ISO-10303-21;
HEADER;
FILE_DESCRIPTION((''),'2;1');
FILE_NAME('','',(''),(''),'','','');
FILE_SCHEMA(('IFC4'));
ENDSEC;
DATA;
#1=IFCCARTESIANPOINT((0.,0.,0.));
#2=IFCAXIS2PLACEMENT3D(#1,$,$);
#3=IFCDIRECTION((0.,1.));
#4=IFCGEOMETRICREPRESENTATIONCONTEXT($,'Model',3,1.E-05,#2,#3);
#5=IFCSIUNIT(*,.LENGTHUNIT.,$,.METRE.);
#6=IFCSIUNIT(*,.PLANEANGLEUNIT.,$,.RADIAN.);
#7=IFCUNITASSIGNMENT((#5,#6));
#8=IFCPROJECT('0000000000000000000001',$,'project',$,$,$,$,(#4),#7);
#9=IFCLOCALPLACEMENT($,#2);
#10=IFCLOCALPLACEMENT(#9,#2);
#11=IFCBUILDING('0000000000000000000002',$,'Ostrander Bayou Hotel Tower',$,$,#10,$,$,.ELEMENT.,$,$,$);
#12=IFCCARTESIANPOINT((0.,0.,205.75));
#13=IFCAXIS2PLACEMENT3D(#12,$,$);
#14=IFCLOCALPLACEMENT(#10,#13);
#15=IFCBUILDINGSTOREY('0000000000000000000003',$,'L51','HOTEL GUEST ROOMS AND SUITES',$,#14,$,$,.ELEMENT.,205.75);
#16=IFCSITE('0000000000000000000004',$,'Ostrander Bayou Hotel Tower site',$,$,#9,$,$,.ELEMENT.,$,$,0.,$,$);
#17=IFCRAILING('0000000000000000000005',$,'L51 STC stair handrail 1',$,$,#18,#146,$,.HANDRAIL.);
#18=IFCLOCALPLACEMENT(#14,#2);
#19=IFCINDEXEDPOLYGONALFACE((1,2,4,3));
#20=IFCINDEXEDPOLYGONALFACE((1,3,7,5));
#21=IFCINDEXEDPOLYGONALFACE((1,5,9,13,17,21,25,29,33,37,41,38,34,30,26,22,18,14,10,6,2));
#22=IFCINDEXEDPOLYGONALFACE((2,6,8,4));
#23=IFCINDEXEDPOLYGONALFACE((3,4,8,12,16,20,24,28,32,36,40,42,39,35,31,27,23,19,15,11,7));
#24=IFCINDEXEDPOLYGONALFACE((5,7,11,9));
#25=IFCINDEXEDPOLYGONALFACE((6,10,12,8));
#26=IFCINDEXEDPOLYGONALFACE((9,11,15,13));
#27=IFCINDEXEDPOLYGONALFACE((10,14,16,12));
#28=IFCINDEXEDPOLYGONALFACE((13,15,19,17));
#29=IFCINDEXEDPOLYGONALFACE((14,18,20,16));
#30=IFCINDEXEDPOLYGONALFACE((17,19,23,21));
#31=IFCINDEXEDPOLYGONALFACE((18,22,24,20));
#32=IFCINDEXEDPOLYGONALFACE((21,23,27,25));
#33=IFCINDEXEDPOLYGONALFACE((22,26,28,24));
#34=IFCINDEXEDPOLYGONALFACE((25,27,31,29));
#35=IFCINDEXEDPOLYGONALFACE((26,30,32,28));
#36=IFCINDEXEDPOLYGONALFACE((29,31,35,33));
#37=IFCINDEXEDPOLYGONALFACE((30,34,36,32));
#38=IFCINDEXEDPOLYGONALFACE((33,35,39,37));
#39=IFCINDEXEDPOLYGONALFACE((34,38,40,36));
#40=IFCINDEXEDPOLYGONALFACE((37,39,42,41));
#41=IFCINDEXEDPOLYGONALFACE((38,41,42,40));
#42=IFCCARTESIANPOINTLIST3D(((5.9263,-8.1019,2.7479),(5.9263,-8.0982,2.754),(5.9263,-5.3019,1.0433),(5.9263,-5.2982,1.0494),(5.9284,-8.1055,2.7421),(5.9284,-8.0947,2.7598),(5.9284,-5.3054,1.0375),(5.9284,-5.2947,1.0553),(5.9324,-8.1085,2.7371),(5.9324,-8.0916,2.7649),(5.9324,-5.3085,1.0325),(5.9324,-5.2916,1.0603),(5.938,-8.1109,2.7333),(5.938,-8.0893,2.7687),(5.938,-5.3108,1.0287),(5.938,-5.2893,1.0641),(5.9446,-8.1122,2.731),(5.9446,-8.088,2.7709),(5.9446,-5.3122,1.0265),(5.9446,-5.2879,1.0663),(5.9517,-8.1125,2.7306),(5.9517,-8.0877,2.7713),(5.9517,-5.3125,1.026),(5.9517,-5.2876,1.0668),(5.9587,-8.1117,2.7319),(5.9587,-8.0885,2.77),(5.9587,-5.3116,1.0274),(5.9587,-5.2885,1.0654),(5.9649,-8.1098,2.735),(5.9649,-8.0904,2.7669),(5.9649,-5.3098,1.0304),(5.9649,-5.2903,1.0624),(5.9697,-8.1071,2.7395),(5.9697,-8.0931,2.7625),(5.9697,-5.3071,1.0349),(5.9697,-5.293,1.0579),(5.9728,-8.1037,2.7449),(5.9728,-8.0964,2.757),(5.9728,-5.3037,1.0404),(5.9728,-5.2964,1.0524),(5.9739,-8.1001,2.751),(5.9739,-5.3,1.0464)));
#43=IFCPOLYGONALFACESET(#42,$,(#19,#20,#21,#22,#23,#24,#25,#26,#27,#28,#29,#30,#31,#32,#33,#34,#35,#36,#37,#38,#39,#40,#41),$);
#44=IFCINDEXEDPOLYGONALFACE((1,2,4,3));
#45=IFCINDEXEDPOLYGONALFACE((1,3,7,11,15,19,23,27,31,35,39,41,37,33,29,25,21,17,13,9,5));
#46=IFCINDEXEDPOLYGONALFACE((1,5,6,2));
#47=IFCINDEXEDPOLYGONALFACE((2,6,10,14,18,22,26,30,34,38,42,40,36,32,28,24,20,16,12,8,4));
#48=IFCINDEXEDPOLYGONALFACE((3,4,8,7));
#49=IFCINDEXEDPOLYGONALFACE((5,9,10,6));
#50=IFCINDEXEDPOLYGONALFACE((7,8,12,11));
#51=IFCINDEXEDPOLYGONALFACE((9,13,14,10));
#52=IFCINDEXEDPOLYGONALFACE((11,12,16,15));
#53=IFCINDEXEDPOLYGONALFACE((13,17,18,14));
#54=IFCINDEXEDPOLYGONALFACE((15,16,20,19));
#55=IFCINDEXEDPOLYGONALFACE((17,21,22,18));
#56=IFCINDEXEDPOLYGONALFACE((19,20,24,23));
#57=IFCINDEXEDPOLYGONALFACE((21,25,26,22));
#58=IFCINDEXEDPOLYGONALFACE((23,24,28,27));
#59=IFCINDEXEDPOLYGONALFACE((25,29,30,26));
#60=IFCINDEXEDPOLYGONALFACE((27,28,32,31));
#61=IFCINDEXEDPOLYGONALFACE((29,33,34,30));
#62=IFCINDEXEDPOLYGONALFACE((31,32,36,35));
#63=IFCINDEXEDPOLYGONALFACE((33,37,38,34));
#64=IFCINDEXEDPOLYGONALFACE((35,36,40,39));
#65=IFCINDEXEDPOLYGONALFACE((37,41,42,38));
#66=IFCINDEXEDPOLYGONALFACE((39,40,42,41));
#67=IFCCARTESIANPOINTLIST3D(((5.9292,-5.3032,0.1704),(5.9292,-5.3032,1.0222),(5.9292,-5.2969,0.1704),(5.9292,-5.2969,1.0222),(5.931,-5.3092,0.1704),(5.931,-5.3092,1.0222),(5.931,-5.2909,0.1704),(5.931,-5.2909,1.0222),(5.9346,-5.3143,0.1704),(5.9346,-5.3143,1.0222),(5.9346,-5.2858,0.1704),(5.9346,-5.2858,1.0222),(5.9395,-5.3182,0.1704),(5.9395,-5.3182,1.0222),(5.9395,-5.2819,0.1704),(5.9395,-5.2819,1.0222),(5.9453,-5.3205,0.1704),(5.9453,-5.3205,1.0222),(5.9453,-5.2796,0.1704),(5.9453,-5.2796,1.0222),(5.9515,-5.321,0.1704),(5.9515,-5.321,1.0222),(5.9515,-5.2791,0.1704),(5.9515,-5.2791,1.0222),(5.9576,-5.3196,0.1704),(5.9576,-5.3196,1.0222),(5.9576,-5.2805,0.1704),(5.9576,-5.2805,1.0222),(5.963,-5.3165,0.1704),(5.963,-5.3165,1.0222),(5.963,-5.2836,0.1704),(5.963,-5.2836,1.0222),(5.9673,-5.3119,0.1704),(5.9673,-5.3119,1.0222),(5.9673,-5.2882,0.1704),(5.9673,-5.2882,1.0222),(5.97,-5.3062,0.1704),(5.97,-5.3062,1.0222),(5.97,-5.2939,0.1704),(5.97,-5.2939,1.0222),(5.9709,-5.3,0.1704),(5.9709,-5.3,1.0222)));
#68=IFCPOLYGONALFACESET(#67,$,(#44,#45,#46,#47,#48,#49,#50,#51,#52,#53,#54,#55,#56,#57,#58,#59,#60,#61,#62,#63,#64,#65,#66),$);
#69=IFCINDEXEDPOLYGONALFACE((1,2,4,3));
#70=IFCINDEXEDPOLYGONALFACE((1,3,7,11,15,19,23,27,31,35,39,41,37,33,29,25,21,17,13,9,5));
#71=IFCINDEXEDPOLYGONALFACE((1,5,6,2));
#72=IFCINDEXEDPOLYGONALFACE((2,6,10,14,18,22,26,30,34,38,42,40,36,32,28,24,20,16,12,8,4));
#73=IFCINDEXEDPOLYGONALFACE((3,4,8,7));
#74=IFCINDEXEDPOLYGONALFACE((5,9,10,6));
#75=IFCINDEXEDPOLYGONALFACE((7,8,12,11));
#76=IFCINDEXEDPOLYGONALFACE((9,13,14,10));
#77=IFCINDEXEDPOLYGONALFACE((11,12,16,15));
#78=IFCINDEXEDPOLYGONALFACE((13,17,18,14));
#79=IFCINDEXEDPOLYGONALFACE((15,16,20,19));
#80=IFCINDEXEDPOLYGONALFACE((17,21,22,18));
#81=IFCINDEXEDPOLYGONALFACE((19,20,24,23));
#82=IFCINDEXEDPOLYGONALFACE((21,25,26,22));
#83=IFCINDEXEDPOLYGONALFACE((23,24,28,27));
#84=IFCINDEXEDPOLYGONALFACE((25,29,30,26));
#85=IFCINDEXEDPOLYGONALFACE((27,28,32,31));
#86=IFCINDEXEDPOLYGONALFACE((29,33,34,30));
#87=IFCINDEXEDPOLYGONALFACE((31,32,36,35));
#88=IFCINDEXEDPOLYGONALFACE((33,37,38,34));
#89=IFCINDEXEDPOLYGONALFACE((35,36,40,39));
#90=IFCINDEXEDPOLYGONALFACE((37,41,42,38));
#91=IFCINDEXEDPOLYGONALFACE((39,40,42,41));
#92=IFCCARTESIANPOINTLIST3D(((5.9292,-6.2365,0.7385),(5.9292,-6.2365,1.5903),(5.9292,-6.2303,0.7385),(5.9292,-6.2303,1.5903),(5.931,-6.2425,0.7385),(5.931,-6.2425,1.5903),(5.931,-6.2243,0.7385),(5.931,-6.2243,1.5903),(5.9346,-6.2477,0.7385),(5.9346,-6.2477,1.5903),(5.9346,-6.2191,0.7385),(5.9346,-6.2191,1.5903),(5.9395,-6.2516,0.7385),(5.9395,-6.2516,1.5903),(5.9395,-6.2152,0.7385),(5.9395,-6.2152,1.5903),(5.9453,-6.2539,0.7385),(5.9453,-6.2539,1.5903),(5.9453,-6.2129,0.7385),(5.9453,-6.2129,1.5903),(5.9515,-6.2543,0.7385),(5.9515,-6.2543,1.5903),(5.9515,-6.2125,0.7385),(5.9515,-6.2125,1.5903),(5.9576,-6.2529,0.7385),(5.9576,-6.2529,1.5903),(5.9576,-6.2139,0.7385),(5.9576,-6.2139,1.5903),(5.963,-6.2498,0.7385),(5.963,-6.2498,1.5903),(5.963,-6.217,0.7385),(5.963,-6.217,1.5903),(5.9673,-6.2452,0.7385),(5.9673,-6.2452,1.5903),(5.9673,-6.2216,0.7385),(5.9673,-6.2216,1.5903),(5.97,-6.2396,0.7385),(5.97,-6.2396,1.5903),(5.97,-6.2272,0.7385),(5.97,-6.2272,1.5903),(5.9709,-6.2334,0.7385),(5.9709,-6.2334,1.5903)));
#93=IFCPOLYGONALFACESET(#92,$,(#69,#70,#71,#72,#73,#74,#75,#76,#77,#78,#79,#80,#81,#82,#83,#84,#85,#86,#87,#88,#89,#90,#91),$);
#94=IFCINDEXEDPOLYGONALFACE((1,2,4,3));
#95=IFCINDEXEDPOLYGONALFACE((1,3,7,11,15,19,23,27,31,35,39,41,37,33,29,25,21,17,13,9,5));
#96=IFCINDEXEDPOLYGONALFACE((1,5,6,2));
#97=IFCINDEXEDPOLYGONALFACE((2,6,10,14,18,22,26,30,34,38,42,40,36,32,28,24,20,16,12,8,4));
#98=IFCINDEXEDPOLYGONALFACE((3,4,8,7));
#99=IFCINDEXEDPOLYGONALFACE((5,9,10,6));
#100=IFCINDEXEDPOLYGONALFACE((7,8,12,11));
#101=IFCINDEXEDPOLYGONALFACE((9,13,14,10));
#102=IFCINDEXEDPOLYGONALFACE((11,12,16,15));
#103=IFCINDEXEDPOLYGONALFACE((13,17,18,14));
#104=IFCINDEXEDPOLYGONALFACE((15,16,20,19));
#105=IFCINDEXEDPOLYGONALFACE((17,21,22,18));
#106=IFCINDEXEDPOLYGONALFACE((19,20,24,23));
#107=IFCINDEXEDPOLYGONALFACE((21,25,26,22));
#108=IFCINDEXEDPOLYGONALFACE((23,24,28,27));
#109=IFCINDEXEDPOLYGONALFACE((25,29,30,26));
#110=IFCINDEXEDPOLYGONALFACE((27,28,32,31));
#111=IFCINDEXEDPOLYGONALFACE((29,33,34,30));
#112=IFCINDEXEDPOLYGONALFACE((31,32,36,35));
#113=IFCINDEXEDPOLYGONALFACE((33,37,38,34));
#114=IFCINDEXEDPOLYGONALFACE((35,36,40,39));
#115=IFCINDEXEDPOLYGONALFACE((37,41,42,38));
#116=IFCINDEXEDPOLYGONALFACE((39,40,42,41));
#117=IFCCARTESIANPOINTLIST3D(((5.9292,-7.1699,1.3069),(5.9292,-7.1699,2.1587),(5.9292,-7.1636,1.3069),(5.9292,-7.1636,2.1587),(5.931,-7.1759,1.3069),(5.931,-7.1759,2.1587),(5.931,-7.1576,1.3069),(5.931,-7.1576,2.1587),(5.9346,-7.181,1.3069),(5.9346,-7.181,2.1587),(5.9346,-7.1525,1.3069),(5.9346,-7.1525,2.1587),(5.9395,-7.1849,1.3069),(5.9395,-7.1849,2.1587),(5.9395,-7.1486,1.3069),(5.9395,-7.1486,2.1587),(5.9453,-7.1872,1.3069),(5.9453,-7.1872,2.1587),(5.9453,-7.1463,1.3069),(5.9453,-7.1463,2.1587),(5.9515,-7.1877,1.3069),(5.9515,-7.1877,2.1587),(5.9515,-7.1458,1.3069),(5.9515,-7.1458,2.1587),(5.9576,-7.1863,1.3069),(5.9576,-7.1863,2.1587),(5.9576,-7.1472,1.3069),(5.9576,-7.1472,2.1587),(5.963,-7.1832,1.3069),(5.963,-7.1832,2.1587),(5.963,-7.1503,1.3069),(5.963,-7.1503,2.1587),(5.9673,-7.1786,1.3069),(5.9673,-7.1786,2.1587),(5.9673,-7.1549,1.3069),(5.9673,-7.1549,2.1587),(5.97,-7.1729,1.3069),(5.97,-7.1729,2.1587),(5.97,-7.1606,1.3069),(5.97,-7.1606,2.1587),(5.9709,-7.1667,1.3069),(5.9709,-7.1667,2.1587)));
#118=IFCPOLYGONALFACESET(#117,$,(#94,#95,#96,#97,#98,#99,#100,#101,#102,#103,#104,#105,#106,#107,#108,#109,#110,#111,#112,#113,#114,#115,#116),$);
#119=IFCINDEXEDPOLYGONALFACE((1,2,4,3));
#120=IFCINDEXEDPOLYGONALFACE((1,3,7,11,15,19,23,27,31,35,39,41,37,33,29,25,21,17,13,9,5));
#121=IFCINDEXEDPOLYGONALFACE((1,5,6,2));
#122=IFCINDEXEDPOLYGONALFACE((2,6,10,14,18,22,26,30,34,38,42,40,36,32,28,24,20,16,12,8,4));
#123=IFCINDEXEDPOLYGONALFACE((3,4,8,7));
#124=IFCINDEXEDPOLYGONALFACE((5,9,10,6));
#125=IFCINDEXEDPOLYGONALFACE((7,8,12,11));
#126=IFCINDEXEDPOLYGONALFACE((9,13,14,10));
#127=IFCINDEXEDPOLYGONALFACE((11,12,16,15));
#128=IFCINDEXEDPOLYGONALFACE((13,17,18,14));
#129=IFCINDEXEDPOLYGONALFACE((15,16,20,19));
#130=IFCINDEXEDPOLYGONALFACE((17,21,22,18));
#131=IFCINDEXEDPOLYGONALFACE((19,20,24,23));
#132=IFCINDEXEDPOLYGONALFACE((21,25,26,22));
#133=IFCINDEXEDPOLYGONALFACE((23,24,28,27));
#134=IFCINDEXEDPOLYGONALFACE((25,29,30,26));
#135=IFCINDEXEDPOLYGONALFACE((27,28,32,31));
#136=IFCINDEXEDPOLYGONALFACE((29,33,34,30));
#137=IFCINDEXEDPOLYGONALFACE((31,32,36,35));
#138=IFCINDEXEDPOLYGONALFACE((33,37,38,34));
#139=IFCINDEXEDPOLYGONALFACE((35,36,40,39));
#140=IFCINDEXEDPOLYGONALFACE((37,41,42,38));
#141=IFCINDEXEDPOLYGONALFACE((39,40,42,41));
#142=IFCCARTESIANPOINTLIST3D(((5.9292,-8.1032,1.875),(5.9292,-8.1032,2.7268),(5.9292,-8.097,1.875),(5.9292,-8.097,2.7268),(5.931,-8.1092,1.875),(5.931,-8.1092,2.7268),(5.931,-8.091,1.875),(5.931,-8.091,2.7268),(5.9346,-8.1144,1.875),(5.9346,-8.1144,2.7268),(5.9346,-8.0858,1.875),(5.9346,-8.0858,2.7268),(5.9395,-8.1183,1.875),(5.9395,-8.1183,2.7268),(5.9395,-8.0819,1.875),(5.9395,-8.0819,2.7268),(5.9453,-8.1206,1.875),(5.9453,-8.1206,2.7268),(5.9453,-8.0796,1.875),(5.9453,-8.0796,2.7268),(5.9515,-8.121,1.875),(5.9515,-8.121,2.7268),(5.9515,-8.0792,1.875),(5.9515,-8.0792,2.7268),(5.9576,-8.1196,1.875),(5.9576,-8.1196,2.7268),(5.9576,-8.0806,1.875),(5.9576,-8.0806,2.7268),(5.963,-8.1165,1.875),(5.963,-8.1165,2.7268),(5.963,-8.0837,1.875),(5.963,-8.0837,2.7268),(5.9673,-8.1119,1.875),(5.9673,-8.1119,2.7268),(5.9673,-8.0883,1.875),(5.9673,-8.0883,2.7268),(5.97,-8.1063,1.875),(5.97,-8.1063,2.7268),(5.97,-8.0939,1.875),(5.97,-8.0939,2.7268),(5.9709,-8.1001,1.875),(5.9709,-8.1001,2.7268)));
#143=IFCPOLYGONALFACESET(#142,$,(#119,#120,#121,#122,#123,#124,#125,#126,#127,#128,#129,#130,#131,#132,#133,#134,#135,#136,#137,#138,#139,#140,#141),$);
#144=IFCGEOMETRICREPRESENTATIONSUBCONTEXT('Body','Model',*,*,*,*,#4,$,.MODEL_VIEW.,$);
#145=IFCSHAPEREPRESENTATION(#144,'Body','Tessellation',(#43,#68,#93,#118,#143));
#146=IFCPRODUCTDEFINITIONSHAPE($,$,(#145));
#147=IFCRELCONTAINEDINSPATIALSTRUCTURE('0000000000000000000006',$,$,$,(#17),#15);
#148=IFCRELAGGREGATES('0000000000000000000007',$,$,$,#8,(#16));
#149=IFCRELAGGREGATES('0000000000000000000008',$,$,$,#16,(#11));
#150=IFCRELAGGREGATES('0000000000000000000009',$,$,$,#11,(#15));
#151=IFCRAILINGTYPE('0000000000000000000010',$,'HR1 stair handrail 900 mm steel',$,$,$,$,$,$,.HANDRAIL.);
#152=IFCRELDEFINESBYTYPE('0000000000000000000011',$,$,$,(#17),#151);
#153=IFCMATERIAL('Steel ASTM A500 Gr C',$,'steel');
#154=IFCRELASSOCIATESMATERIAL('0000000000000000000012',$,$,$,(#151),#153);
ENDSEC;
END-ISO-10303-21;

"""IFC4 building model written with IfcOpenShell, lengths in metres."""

from ifc_helpers import new_model, si_unit, direction, frame, origin, origin_2d, place, context, subcontext, project, spatial, circle, extrude, material, type_object, element, save


model = new_model("IFC4")

# Units and contexts
model_context = context("Model", 3, precision=1e-05, world=origin(), true_north=direction((0.0, 1.0)))
body_context = subcontext(model_context, "Body", "Model", "MODEL_VIEW")
ifc_project = project(units=[si_unit("LENGTHUNIT", "METRE"), si_unit("PLANEANGLEUNIT", "RADIAN")], contexts=[model_context])

# Site, building, storey
site_placement = place(None, origin())
site = spatial("IfcSite", under=ifc_project, at=site_placement, Name="Ostrander Bayou Hotel Tower site", CompositionType="ELEMENT", RefElevation=0.0)
building_placement = place(site_placement, origin())
building = spatial("IfcBuilding", under=site, at=building_placement, Name="Ostrander Bayou Hotel Tower", CompositionType="ELEMENT")
storey_placement = place(building_placement, frame((0.0, 0.0, 205.75)))
storey = spatial("IfcBuildingStorey", under=building, at=storey_placement, Name="L51", Description="HOTEL GUEST ROOMS AND SUITES", CompositionType="ELEMENT", Elevation=205.75)

# Railing
ifc_material_1 = material(Name="Steel ASTM A500 Gr C", Category="steel")
railing_type_1 = type_object("IfcRailingType", Name="HR1 stair handrail 900 mm steel", PredefinedType="HANDRAIL", material=ifc_material_1)
railing_1_placement = place(storey_placement, frame((5.95, -5.3, 0.1704)))
element("IfcRailing", 1, at=railing_1_placement, inside=storey, type_object=railing_type_1, Name="L51 STC stair handrail 1", PredefinedType="HANDRAIL", context=body_context, shape_type="SweptSolid", body=[
    extrude(circle(Radius=0.0239, at=origin_2d()), frame((0.0, 0.0, 0.876), z_axis=(0.0, -0.85417, 0.519994), x_axis=(1.0, 0.0, 0.0)), (0.0, 0.0, 1.0), 3.2781),
    extrude(circle(Radius=0.021, at=origin_2d()), origin(), (0.0, 0.0, 1.0), 0.8518),
    extrude(circle(Radius=0.021, at=origin_2d()), frame((0.0, -0.9333, 0.5681)), (0.0, 0.0, 1.0), 0.8518),
    extrude(circle(Radius=0.021, at=origin_2d()), frame((0.0, -1.8667, 1.1365)), (0.0, 0.0, 1.0), 0.8518),
    extrude(circle(Radius=0.021, at=origin_2d()), frame((0.0, -2.8, 1.7046)), (0.0, 0.0, 1.0), 0.8518),
])

save(model, "model.ifc")
